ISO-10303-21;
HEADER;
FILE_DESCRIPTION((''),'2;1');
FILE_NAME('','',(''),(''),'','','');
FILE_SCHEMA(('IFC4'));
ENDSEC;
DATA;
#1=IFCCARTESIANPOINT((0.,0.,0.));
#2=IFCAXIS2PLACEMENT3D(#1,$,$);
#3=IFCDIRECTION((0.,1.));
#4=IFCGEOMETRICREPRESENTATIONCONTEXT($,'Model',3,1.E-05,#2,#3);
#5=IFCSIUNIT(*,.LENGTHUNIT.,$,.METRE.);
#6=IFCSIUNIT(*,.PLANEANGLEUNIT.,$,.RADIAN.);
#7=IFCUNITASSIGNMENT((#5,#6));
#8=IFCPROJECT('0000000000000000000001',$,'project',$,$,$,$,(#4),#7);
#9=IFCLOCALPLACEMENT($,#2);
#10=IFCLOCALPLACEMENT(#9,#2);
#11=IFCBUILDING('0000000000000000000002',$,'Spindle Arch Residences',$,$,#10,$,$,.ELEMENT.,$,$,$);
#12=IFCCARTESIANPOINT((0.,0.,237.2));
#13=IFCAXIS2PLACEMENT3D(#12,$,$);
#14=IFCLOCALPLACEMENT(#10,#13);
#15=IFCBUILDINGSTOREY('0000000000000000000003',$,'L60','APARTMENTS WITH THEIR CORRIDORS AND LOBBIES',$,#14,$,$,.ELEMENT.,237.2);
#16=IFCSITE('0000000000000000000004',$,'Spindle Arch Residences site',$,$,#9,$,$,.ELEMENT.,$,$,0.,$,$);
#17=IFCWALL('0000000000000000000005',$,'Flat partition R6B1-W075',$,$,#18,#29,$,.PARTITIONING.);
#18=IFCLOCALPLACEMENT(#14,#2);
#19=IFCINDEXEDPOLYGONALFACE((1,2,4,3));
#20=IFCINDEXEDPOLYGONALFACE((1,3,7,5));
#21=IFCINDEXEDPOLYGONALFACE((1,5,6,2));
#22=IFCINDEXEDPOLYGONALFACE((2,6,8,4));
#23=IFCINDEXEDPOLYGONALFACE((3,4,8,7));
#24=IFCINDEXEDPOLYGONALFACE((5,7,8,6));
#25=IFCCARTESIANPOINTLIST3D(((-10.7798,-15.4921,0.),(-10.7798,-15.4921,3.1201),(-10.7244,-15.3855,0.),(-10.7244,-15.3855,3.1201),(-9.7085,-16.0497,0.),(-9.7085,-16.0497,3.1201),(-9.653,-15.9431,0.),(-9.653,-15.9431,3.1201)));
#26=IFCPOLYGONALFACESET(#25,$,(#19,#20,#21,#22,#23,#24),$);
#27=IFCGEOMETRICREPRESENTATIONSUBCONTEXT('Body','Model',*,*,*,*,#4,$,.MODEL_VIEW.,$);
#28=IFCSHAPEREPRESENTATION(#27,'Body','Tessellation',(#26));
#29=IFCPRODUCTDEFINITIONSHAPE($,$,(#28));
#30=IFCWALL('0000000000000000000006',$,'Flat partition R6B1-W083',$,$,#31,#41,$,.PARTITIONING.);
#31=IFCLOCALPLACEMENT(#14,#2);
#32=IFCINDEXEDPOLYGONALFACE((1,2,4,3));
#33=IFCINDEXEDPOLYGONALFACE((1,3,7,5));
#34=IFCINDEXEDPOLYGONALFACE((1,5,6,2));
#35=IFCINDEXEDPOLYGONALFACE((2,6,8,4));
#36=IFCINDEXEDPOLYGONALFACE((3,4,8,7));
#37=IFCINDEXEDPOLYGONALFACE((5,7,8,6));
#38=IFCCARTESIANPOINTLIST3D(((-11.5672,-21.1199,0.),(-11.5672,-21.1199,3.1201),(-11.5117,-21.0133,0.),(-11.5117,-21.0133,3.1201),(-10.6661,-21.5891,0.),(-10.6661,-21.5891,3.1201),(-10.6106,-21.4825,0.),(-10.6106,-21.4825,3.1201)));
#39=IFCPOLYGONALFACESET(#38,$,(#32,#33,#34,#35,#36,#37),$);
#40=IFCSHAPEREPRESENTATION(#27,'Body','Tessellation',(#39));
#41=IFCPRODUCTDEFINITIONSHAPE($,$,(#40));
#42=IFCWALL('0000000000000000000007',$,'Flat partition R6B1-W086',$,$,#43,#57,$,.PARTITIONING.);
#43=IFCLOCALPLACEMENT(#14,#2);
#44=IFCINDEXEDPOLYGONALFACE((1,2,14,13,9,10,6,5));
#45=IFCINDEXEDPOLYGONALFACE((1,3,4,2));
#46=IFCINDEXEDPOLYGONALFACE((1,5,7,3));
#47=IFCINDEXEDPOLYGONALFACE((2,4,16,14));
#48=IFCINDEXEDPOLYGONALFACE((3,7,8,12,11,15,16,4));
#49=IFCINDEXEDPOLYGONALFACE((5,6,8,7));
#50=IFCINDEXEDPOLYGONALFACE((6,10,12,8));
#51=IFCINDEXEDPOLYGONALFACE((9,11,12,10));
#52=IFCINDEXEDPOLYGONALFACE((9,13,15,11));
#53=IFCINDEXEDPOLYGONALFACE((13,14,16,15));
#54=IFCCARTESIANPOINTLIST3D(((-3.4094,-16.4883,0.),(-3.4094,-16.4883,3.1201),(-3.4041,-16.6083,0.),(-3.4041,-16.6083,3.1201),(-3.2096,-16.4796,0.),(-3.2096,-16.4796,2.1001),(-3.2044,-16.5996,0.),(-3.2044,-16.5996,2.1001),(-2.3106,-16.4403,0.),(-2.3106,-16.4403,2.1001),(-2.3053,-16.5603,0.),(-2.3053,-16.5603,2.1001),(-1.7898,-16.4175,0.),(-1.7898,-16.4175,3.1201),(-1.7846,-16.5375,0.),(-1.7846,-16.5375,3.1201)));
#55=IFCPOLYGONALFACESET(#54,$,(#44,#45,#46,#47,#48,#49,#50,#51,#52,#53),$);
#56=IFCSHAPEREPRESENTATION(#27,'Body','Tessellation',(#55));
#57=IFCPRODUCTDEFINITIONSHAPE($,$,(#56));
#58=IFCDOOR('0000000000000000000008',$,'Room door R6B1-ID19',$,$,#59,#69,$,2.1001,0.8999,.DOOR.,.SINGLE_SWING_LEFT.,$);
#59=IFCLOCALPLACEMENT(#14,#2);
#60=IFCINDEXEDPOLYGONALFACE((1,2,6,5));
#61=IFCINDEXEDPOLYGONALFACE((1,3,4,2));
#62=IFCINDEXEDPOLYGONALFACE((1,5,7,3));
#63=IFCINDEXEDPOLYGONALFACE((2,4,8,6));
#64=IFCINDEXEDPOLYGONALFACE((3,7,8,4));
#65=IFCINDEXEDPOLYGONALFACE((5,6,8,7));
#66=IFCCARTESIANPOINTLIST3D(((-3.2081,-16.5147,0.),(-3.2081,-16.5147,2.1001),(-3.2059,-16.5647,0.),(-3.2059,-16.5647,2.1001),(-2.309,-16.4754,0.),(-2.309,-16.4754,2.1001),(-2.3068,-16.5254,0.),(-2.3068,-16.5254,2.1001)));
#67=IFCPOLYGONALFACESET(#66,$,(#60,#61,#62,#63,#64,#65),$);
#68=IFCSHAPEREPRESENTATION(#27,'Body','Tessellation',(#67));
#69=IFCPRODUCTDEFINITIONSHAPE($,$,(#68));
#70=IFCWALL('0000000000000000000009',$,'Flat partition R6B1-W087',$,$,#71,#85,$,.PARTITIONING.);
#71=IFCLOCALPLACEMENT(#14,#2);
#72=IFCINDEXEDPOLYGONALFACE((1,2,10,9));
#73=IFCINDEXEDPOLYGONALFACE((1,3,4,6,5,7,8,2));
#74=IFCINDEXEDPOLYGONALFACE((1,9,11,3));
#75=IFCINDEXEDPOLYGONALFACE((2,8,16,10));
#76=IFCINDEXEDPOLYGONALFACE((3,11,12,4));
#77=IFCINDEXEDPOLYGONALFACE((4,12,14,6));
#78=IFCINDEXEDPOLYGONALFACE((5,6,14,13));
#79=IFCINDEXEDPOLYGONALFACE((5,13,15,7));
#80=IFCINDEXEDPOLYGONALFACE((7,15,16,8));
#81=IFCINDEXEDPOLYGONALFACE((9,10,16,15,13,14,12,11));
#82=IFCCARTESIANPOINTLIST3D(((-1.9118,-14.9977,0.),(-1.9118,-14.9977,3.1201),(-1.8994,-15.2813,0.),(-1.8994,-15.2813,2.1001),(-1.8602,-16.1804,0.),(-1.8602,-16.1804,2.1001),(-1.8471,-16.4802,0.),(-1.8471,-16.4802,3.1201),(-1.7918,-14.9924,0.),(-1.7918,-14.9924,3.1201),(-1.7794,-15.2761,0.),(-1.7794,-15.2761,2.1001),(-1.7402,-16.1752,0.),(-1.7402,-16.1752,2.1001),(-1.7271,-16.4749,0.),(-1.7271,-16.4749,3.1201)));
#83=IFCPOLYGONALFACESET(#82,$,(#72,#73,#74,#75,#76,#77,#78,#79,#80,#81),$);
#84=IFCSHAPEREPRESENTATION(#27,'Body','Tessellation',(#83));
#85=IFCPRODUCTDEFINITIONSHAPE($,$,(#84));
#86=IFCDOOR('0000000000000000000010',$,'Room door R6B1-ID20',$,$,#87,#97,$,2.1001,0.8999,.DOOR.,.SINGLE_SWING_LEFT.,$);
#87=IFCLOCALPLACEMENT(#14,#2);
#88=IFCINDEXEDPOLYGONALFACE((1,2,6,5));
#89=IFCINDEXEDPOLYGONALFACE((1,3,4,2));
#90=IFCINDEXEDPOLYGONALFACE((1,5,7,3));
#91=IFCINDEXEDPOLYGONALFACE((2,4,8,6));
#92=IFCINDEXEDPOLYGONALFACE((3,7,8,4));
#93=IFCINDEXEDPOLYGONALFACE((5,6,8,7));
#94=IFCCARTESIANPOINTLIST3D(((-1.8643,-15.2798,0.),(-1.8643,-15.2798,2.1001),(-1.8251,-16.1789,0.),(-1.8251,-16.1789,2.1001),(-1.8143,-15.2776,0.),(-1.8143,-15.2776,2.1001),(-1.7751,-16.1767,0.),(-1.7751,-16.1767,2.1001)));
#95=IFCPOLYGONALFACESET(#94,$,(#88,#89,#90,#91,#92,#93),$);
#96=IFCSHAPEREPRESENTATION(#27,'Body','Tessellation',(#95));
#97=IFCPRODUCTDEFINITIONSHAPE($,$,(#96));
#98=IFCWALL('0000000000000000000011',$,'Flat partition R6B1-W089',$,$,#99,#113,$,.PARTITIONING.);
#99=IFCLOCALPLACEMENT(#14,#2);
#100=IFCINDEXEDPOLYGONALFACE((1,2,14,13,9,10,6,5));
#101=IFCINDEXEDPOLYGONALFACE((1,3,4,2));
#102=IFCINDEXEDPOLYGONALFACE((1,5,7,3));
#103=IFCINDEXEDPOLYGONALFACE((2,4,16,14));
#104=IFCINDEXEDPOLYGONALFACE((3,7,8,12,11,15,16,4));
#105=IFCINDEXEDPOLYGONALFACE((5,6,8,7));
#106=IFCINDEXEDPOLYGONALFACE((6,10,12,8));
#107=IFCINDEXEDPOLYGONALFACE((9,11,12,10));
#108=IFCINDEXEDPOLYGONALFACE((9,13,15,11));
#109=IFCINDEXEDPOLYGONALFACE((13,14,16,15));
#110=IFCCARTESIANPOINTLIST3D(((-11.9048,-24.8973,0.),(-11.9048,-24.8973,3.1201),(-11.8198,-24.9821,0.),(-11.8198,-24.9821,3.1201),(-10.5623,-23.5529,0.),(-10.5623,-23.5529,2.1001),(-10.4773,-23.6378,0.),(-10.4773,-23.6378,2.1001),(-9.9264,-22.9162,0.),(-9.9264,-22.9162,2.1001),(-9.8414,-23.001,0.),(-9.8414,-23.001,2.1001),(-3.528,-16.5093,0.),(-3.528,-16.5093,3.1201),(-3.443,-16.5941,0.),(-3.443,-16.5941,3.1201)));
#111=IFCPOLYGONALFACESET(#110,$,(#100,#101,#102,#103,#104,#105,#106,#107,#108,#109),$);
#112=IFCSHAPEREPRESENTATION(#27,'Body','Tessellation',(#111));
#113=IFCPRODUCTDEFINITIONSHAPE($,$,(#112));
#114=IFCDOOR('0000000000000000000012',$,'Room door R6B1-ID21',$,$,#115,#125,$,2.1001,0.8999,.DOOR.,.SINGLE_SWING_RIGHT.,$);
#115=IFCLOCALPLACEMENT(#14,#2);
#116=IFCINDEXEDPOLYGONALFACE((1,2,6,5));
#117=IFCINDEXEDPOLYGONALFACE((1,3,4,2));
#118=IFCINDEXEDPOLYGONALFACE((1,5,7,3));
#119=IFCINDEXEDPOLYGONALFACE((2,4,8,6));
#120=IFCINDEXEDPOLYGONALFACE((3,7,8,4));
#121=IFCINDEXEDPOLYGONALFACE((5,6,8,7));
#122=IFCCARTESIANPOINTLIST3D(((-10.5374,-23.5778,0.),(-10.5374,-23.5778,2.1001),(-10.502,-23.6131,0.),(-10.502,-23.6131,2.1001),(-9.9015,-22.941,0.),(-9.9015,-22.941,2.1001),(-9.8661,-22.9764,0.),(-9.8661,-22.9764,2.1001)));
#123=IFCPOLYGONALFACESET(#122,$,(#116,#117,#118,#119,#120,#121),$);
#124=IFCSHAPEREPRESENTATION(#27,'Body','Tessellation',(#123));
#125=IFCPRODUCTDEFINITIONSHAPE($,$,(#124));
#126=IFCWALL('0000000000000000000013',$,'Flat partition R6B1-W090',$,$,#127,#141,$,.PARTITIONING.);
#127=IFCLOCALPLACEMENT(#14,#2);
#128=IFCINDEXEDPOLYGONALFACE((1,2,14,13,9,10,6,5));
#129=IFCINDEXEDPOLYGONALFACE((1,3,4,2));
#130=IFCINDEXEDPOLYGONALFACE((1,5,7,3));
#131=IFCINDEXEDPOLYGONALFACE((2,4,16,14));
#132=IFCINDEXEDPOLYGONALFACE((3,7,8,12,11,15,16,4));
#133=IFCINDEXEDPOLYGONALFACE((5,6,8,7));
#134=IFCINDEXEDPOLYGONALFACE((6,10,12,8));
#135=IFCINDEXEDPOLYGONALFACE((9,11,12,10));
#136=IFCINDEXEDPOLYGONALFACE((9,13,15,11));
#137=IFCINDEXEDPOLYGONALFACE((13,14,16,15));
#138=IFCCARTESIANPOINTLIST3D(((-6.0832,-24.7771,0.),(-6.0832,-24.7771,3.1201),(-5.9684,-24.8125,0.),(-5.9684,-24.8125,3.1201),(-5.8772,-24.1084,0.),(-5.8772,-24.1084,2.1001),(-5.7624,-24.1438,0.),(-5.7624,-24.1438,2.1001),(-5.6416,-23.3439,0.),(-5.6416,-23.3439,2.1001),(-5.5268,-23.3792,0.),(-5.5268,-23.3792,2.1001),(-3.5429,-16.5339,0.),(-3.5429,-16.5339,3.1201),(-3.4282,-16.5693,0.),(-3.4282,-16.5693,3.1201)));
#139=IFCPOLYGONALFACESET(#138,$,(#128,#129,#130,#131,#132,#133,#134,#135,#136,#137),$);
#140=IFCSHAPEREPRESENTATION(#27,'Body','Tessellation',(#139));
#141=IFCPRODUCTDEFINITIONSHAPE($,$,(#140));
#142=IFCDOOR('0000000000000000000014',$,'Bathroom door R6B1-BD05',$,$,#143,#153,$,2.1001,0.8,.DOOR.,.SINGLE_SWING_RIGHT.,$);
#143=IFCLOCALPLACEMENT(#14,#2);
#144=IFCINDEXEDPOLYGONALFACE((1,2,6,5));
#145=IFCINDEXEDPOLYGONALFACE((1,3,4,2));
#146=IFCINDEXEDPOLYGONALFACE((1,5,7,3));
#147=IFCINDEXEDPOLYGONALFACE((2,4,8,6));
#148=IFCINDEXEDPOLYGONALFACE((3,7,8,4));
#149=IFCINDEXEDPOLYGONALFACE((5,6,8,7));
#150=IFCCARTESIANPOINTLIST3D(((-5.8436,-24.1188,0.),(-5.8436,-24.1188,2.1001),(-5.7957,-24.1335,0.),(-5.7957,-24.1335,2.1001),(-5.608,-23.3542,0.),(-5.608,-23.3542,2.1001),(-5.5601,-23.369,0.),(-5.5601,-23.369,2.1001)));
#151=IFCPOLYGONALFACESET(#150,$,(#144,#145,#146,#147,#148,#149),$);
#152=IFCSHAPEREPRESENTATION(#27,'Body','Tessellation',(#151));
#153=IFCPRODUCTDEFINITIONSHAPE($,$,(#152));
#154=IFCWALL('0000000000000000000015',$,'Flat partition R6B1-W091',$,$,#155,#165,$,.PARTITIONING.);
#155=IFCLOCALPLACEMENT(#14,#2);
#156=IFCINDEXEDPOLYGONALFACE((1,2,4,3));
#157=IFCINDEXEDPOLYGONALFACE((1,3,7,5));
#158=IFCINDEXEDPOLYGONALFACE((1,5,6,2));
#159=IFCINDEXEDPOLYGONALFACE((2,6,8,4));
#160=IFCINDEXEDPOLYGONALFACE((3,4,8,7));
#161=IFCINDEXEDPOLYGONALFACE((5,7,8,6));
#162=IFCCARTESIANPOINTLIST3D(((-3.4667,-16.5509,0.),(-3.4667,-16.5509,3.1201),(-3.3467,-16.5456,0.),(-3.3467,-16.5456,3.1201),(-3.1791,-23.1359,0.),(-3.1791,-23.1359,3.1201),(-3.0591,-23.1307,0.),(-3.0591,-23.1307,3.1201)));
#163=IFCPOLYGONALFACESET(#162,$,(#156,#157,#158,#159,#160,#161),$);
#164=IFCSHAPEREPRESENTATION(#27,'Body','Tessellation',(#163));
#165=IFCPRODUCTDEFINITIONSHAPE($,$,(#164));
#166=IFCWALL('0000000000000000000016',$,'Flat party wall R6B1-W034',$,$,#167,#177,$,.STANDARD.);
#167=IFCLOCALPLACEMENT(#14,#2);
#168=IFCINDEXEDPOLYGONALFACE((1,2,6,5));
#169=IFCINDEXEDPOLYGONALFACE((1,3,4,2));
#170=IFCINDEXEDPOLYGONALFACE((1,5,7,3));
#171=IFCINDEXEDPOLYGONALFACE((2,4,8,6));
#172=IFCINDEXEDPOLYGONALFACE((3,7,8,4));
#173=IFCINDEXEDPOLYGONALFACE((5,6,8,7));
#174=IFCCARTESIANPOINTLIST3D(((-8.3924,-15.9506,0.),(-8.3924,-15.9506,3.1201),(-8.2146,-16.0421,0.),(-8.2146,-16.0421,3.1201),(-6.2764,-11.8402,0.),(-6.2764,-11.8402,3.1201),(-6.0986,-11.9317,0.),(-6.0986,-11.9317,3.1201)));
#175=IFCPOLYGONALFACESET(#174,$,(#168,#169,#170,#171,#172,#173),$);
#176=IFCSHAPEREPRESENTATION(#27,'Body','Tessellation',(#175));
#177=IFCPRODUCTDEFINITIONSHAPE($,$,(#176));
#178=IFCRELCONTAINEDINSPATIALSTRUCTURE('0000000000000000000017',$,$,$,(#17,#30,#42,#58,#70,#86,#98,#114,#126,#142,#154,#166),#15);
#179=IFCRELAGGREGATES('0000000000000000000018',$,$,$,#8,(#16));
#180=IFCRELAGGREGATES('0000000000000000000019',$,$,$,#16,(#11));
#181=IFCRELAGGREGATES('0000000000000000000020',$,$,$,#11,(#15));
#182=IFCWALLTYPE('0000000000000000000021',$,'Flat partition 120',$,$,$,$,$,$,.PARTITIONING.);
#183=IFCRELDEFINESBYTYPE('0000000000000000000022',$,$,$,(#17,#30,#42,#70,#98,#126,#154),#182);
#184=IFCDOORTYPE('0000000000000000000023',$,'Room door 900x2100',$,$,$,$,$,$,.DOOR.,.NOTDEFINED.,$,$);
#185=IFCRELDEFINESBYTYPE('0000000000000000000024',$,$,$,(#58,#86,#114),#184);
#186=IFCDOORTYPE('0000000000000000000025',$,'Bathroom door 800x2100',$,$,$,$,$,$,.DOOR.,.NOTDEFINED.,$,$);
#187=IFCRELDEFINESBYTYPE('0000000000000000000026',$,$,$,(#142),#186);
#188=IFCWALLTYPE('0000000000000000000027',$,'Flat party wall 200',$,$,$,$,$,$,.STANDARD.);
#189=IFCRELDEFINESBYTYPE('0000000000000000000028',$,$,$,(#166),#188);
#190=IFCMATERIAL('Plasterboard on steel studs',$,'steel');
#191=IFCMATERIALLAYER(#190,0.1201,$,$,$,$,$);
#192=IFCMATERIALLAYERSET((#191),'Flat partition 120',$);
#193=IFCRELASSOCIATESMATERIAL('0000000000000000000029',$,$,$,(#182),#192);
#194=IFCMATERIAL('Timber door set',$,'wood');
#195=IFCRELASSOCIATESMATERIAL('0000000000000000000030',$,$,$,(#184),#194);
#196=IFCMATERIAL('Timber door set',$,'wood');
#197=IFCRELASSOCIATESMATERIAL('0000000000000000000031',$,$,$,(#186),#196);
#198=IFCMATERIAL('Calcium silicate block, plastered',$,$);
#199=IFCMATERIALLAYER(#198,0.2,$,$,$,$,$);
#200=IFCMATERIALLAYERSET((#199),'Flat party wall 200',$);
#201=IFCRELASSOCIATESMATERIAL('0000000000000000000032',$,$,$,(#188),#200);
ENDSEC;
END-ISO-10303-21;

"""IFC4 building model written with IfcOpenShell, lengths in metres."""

from ifc_helpers import new_model, si_unit, direction, frame, frame_2d, origin, place, context, subcontext, project, spatial, rectangle, extrude, material, layer, layer_set, type_object, element, fill, save


model = new_model("IFC4")

# Units and contexts
model_context = context("Model", 3, precision=1e-05, world=origin(), true_north=direction((0.0, 1.0)))
body_context = subcontext(model_context, "Body", "Model", "MODEL_VIEW")
ifc_project = project(units=[si_unit("LENGTHUNIT", "METRE"), si_unit("PLANEANGLEUNIT", "RADIAN")], contexts=[model_context])

# Site, building, storey
site_placement = place(None, origin())
site = spatial("IfcSite", under=ifc_project, at=site_placement, Name="Spindle Arch Residences site", CompositionType="ELEMENT", RefElevation=0.0)
building_placement = place(site_placement, origin())
building = spatial("IfcBuilding", under=site, at=building_placement, Name="Spindle Arch Residences", CompositionType="ELEMENT")
storey_placement = place(building_placement, frame((0.0, 0.0, 237.2)))
storey = spatial("IfcBuildingStorey", under=building, at=storey_placement, Name="L60", Description="APARTMENTS WITH THEIR CORRIDORS AND LOBBIES", CompositionType="ELEMENT", Elevation=237.2)

# Walls
ifc_material_1 = material(Name="Plasterboard on steel studs", Category="steel")
ifc_layer_1 = layer(ifc_material_1, 0.1201)
ifc_layer_set_1 = layer_set([ifc_layer_1], Name="Flat partition 120")
wall_type_1 = type_object("IfcWallType", Name="Flat partition 120", PredefinedType="PARTITIONING", material=ifc_layer_set_1)
wall_1_placement = place(storey_placement, frame((-10.7522, -15.4387, 0.0), z_axis=(0.0, 0.0, 1.0), x_axis=(0.887031, -0.461709, 0.0)))
element("IfcWall", 1, at=wall_1_placement, inside=storey, type_object=wall_type_1, Name="Flat partition R6B1-W075", PredefinedType="PARTITIONING", context=body_context, shape_type="SweptSolid", body=[
    extrude(rectangle(XDim=1.2078, YDim=0.1201, at=frame_2d((0.604, 0.0))), origin(), (0.0, 0.0, 1.0), 3.1201),
])
wall_2_placement = place(storey_placement, frame((-11.5393, -21.0667, 0.0), z_axis=(0.0, 0.0, 1.0), x_axis=(0.886953, -0.46186, 0.0)))
element("IfcWall", 2, at=wall_2_placement, inside=storey, type_object=wall_type_1, Name="Flat partition R6B1-W083", PredefinedType="PARTITIONING", context=body_context, shape_type="SweptSolid", body=[
    extrude(rectangle(XDim=1.0159, YDim=0.1201, at=frame_2d((0.5078, 0.0))), origin(), (0.0, 0.0, 1.0), 3.1201),
])

# Walls, openings, doors
wall_3_placement = place(storey_placement, frame((-3.4067, -16.5483, 0.0), z_axis=(0.0, 0.0, 1.0), x_axis=(0.999046, 0.043672, 0.0)))
wall_3 = element("IfcWall", 3, at=wall_3_placement, inside=storey, type_object=wall_type_1, Name="Flat partition R6B1-W086", PredefinedType="PARTITIONING", context=body_context, shape_type="SweptSolid", body=[
    extrude(rectangle(XDim=1.6211, YDim=0.1201, at=frame_2d((0.8105, 0.0))), origin(), (0.0, 0.0, 1.0), 3.1201),
])
opening_1_placement = place(wall_3_placement, frame((0.2, 0.0, 0.0)))
opening_1 = element("IfcOpeningElement", 4, at=opening_1_placement, cuts=wall_3, PredefinedType="OPENING", context=body_context, shape_type="SweptSolid", body=[
    extrude(rectangle(XDim=0.8999, YDim=2.1001, at=frame_2d((0.45, 1.05))), frame((0.0, 0.0701, 0.0), z_axis=(0.0, -1.0, 0.0), x_axis=(1.0, 0.0, 0.0)), (0.0, 0.0, 1.0), 0.1401),
])
ifc_material_2 = material(Name="Timber door set", Category="wood")
door_type_1 = type_object("IfcDoorType", Name="Room door 900x2100", OperationType="NOTDEFINED", PredefinedType="DOOR", material=ifc_material_2)
door_1_placement = place(opening_1_placement, origin())
door_1 = element("IfcDoor", 5, at=door_1_placement, inside=storey, type_object=door_type_1, Name="Room door R6B1-ID19", OperationType="SINGLE_SWING_LEFT", OverallHeight=2.1001, OverallWidth=0.8999, PredefinedType="DOOR", context=body_context, shape_type="SweptSolid", body=[
    extrude(rectangle(XDim=0.8999, YDim=2.1001, at=frame_2d((0.45, 1.05))), frame((0.0, 0.0249, 0.0), z_axis=(0.0, -1.0, 0.0), x_axis=(1.0, 0.0, 0.0)), (0.0, 0.0, 1.0), 0.05),
])
fill(opening_1, door_1)
wall_4_placement = place(storey_placement, frame((-1.7871, -16.4775, 0.0), z_axis=(0.0, 0.0, 1.0), x_axis=(-0.043601, 0.999049, 0.0)))
wall_4 = element("IfcWall", 6, at=wall_4_placement, inside=storey, type_object=wall_type_1, Name="Flat partition R6B1-W087", PredefinedType="PARTITIONING", context=body_context, shape_type="SweptSolid", body=[
    extrude(rectangle(XDim=1.4839, YDim=0.1201, at=frame_2d((0.7419, 0.0))), origin(), (0.0, 0.0, 1.0), 3.1201),
])
opening_2_placement = place(wall_4_placement, frame((0.3, 0.0, 0.0)))
opening_2 = element("IfcOpeningElement", 7, at=opening_2_placement, cuts=wall_4, PredefinedType="OPENING", context=body_context, shape_type="SweptSolid", body=[
    extrude(rectangle(XDim=0.8999, YDim=2.1001, at=frame_2d((0.45, 1.05))), frame((0.0, 0.0701, 0.0), z_axis=(0.0, -1.0, 0.0), x_axis=(1.0, 0.0, 0.0)), (0.0, 0.0, 1.0), 0.1401),
])
door_2_placement = place(opening_2_placement, origin())
door_2 = element("IfcDoor", 8, at=door_2_placement, inside=storey, type_object=door_type_1, Name="Room door R6B1-ID20", OperationType="SINGLE_SWING_LEFT", OverallHeight=2.1001, OverallWidth=0.8999, PredefinedType="DOOR", context=body_context, shape_type="SweptSolid", body=[
    extrude(rectangle(XDim=0.8999, YDim=2.1001, at=frame_2d((0.45, 1.05))), frame((0.0, 0.0249, 0.0), z_axis=(0.0, -1.0, 0.0), x_axis=(1.0, 0.0, 0.0)), (0.0, 0.0, 1.0), 0.05),
])
fill(opening_2, door_2)
wall_5_placement = place(storey_placement, frame((-11.8623, -24.9397, 0.0), z_axis=(0.0, 0.0, 1.0), x_axis=(0.706633, 0.70758, 0.0)))
wall_5 = element("IfcWall", 9, at=wall_5_placement, inside=storey, type_object=wall_type_1, Name="Flat partition R6B1-W089", PredefinedType="PARTITIONING", context=body_context, shape_type="SweptSolid", body=[
    extrude(rectangle(XDim=11.8545, YDim=0.1201, at=frame_2d((5.9272, 0.0))), origin(), (0.0, 0.0, 1.0), 3.1201),
])
opening_3_placement = place(wall_5_placement, frame((1.8999, 0.0, 0.0)))
opening_3 = element("IfcOpeningElement", 10, at=opening_3_placement, cuts=wall_5, PredefinedType="OPENING", context=body_context, shape_type="SweptSolid", body=[
    extrude(rectangle(XDim=0.8999, YDim=2.1001, at=frame_2d((0.45, 1.05))), frame((0.0, 0.0701, 0.0), z_axis=(0.0, -1.0, 0.0), x_axis=(1.0, 0.0, 0.0)), (0.0, 0.0, 1.0), 0.1401),
])
door_3_placement = place(opening_3_placement, origin())
door_3 = element("IfcDoor", 11, at=door_3_placement, inside=storey, type_object=door_type_1, Name="Room door R6B1-ID21", OperationType="SINGLE_SWING_RIGHT", OverallHeight=2.1001, OverallWidth=0.8999, PredefinedType="DOOR", context=body_context, shape_type="SweptSolid", body=[
    extrude(rectangle(XDim=0.8999, YDim=2.1001, at=frame_2d((0.45, 1.05))), frame((0.0, 0.0249, 0.0), z_axis=(0.0, -1.0, 0.0), x_axis=(1.0, 0.0, 0.0)), (0.0, 0.0, 1.0), 0.05),
])
fill(opening_3, door_3)
wall_6_placement = place(storey_placement, frame((-6.0259, -24.7949, 0.0), z_axis=(0.0, 0.0, 1.0), x_axis=(0.294502, 0.955651, 0.0)))
wall_6 = element("IfcWall", 12, at=wall_6_placement, inside=storey, type_object=wall_type_1, Name="Flat partition R6B1-W090", PredefinedType="PARTITIONING", context=body_context, shape_type="SweptSolid", body=[
    extrude(rectangle(XDim=8.6257, YDim=0.1201, at=frame_2d((4.313, 0.0))), origin(), (0.0, 0.0, 1.0), 3.1201),
])
opening_4_placement = place(wall_6_placement, frame((0.7, 0.0, 0.0)))
opening_4 = element("IfcOpeningElement", 13, at=opening_4_placement, cuts=wall_6, PredefinedType="OPENING", context=body_context, shape_type="SweptSolid", body=[
    extrude(rectangle(XDim=0.8, YDim=2.1001, at=frame_2d((0.3999, 1.05))), frame((0.0, 0.0701, 0.0), z_axis=(0.0, -1.0, 0.0), x_axis=(1.0, 0.0, 0.0)), (0.0, 0.0, 1.0), 0.1401),
])
ifc_material_3 = material(Name="Timber door set", Category="wood")
door_type_2 = type_object("IfcDoorType", Name="Bathroom door 800x2100", OperationType="NOTDEFINED", PredefinedType="DOOR", material=ifc_material_3)
door_4_placement = place(opening_4_placement, origin())
door_4 = element("IfcDoor", 14, at=door_4_placement, inside=storey, type_object=door_type_2, Name="Bathroom door R6B1-BD05", OperationType="SINGLE_SWING_RIGHT", OverallHeight=2.1001, OverallWidth=0.8, PredefinedType="DOOR", context=body_context, shape_type="SweptSolid", body=[
    extrude(rectangle(XDim=0.8, YDim=2.1001, at=frame_2d((0.3999, 1.05))), frame((0.0, 0.0249, 0.0), z_axis=(0.0, -1.0, 0.0), x_axis=(1.0, 0.0, 0.0)), (0.0, 0.0, 1.0), 0.05),
])
fill(opening_4, door_4)

# Walls
wall_7_placement = place(storey_placement, frame((-3.1191, -23.1333, 0.0), z_axis=(0.0, 0.0, 1.0), x_axis=(-0.043633, 0.999048, 0.0)))
element("IfcWall", 15, at=wall_7_placement, inside=storey, type_object=wall_type_1, Name="Flat partition R6B1-W091", PredefinedType="PARTITIONING", context=body_context, shape_type="SweptSolid", body=[
    extrude(rectangle(XDim=6.5913, YDim=0.1201, at=frame_2d((3.2957, 0.0))), origin(), (0.0, 0.0, 1.0), 3.1201),
])
ifc_material_4 = material(Name="Calcium silicate block, plastered")
ifc_layer_2 = layer(ifc_material_4, 0.2)
ifc_layer_set_2 = layer_set([ifc_layer_2], Name="Flat party wall 200")
wall_type_2 = type_object("IfcWallType", Name="Flat party wall 200", PredefinedType="STANDARD", material=ifc_layer_set_2)
wall_8_placement = place(storey_placement, frame((-8.3035, -15.9963, 0.0), z_axis=(0.0, 0.0, 1.0), x_axis=(0.457702, 0.889105, 0.0)))
element("IfcWall", 16, at=wall_8_placement, inside=storey, type_object=wall_type_2, Name="Flat party wall R6B1-W034", PredefinedType="STANDARD", context=body_context, shape_type="SweptSolid", body=[
    extrude(rectangle(XDim=4.623, YDim=0.2, at=frame_2d((2.3115, 0.0))), origin(), (0.0, 0.0, 1.0), 3.1201),
])

save(model, "model.ifc")
